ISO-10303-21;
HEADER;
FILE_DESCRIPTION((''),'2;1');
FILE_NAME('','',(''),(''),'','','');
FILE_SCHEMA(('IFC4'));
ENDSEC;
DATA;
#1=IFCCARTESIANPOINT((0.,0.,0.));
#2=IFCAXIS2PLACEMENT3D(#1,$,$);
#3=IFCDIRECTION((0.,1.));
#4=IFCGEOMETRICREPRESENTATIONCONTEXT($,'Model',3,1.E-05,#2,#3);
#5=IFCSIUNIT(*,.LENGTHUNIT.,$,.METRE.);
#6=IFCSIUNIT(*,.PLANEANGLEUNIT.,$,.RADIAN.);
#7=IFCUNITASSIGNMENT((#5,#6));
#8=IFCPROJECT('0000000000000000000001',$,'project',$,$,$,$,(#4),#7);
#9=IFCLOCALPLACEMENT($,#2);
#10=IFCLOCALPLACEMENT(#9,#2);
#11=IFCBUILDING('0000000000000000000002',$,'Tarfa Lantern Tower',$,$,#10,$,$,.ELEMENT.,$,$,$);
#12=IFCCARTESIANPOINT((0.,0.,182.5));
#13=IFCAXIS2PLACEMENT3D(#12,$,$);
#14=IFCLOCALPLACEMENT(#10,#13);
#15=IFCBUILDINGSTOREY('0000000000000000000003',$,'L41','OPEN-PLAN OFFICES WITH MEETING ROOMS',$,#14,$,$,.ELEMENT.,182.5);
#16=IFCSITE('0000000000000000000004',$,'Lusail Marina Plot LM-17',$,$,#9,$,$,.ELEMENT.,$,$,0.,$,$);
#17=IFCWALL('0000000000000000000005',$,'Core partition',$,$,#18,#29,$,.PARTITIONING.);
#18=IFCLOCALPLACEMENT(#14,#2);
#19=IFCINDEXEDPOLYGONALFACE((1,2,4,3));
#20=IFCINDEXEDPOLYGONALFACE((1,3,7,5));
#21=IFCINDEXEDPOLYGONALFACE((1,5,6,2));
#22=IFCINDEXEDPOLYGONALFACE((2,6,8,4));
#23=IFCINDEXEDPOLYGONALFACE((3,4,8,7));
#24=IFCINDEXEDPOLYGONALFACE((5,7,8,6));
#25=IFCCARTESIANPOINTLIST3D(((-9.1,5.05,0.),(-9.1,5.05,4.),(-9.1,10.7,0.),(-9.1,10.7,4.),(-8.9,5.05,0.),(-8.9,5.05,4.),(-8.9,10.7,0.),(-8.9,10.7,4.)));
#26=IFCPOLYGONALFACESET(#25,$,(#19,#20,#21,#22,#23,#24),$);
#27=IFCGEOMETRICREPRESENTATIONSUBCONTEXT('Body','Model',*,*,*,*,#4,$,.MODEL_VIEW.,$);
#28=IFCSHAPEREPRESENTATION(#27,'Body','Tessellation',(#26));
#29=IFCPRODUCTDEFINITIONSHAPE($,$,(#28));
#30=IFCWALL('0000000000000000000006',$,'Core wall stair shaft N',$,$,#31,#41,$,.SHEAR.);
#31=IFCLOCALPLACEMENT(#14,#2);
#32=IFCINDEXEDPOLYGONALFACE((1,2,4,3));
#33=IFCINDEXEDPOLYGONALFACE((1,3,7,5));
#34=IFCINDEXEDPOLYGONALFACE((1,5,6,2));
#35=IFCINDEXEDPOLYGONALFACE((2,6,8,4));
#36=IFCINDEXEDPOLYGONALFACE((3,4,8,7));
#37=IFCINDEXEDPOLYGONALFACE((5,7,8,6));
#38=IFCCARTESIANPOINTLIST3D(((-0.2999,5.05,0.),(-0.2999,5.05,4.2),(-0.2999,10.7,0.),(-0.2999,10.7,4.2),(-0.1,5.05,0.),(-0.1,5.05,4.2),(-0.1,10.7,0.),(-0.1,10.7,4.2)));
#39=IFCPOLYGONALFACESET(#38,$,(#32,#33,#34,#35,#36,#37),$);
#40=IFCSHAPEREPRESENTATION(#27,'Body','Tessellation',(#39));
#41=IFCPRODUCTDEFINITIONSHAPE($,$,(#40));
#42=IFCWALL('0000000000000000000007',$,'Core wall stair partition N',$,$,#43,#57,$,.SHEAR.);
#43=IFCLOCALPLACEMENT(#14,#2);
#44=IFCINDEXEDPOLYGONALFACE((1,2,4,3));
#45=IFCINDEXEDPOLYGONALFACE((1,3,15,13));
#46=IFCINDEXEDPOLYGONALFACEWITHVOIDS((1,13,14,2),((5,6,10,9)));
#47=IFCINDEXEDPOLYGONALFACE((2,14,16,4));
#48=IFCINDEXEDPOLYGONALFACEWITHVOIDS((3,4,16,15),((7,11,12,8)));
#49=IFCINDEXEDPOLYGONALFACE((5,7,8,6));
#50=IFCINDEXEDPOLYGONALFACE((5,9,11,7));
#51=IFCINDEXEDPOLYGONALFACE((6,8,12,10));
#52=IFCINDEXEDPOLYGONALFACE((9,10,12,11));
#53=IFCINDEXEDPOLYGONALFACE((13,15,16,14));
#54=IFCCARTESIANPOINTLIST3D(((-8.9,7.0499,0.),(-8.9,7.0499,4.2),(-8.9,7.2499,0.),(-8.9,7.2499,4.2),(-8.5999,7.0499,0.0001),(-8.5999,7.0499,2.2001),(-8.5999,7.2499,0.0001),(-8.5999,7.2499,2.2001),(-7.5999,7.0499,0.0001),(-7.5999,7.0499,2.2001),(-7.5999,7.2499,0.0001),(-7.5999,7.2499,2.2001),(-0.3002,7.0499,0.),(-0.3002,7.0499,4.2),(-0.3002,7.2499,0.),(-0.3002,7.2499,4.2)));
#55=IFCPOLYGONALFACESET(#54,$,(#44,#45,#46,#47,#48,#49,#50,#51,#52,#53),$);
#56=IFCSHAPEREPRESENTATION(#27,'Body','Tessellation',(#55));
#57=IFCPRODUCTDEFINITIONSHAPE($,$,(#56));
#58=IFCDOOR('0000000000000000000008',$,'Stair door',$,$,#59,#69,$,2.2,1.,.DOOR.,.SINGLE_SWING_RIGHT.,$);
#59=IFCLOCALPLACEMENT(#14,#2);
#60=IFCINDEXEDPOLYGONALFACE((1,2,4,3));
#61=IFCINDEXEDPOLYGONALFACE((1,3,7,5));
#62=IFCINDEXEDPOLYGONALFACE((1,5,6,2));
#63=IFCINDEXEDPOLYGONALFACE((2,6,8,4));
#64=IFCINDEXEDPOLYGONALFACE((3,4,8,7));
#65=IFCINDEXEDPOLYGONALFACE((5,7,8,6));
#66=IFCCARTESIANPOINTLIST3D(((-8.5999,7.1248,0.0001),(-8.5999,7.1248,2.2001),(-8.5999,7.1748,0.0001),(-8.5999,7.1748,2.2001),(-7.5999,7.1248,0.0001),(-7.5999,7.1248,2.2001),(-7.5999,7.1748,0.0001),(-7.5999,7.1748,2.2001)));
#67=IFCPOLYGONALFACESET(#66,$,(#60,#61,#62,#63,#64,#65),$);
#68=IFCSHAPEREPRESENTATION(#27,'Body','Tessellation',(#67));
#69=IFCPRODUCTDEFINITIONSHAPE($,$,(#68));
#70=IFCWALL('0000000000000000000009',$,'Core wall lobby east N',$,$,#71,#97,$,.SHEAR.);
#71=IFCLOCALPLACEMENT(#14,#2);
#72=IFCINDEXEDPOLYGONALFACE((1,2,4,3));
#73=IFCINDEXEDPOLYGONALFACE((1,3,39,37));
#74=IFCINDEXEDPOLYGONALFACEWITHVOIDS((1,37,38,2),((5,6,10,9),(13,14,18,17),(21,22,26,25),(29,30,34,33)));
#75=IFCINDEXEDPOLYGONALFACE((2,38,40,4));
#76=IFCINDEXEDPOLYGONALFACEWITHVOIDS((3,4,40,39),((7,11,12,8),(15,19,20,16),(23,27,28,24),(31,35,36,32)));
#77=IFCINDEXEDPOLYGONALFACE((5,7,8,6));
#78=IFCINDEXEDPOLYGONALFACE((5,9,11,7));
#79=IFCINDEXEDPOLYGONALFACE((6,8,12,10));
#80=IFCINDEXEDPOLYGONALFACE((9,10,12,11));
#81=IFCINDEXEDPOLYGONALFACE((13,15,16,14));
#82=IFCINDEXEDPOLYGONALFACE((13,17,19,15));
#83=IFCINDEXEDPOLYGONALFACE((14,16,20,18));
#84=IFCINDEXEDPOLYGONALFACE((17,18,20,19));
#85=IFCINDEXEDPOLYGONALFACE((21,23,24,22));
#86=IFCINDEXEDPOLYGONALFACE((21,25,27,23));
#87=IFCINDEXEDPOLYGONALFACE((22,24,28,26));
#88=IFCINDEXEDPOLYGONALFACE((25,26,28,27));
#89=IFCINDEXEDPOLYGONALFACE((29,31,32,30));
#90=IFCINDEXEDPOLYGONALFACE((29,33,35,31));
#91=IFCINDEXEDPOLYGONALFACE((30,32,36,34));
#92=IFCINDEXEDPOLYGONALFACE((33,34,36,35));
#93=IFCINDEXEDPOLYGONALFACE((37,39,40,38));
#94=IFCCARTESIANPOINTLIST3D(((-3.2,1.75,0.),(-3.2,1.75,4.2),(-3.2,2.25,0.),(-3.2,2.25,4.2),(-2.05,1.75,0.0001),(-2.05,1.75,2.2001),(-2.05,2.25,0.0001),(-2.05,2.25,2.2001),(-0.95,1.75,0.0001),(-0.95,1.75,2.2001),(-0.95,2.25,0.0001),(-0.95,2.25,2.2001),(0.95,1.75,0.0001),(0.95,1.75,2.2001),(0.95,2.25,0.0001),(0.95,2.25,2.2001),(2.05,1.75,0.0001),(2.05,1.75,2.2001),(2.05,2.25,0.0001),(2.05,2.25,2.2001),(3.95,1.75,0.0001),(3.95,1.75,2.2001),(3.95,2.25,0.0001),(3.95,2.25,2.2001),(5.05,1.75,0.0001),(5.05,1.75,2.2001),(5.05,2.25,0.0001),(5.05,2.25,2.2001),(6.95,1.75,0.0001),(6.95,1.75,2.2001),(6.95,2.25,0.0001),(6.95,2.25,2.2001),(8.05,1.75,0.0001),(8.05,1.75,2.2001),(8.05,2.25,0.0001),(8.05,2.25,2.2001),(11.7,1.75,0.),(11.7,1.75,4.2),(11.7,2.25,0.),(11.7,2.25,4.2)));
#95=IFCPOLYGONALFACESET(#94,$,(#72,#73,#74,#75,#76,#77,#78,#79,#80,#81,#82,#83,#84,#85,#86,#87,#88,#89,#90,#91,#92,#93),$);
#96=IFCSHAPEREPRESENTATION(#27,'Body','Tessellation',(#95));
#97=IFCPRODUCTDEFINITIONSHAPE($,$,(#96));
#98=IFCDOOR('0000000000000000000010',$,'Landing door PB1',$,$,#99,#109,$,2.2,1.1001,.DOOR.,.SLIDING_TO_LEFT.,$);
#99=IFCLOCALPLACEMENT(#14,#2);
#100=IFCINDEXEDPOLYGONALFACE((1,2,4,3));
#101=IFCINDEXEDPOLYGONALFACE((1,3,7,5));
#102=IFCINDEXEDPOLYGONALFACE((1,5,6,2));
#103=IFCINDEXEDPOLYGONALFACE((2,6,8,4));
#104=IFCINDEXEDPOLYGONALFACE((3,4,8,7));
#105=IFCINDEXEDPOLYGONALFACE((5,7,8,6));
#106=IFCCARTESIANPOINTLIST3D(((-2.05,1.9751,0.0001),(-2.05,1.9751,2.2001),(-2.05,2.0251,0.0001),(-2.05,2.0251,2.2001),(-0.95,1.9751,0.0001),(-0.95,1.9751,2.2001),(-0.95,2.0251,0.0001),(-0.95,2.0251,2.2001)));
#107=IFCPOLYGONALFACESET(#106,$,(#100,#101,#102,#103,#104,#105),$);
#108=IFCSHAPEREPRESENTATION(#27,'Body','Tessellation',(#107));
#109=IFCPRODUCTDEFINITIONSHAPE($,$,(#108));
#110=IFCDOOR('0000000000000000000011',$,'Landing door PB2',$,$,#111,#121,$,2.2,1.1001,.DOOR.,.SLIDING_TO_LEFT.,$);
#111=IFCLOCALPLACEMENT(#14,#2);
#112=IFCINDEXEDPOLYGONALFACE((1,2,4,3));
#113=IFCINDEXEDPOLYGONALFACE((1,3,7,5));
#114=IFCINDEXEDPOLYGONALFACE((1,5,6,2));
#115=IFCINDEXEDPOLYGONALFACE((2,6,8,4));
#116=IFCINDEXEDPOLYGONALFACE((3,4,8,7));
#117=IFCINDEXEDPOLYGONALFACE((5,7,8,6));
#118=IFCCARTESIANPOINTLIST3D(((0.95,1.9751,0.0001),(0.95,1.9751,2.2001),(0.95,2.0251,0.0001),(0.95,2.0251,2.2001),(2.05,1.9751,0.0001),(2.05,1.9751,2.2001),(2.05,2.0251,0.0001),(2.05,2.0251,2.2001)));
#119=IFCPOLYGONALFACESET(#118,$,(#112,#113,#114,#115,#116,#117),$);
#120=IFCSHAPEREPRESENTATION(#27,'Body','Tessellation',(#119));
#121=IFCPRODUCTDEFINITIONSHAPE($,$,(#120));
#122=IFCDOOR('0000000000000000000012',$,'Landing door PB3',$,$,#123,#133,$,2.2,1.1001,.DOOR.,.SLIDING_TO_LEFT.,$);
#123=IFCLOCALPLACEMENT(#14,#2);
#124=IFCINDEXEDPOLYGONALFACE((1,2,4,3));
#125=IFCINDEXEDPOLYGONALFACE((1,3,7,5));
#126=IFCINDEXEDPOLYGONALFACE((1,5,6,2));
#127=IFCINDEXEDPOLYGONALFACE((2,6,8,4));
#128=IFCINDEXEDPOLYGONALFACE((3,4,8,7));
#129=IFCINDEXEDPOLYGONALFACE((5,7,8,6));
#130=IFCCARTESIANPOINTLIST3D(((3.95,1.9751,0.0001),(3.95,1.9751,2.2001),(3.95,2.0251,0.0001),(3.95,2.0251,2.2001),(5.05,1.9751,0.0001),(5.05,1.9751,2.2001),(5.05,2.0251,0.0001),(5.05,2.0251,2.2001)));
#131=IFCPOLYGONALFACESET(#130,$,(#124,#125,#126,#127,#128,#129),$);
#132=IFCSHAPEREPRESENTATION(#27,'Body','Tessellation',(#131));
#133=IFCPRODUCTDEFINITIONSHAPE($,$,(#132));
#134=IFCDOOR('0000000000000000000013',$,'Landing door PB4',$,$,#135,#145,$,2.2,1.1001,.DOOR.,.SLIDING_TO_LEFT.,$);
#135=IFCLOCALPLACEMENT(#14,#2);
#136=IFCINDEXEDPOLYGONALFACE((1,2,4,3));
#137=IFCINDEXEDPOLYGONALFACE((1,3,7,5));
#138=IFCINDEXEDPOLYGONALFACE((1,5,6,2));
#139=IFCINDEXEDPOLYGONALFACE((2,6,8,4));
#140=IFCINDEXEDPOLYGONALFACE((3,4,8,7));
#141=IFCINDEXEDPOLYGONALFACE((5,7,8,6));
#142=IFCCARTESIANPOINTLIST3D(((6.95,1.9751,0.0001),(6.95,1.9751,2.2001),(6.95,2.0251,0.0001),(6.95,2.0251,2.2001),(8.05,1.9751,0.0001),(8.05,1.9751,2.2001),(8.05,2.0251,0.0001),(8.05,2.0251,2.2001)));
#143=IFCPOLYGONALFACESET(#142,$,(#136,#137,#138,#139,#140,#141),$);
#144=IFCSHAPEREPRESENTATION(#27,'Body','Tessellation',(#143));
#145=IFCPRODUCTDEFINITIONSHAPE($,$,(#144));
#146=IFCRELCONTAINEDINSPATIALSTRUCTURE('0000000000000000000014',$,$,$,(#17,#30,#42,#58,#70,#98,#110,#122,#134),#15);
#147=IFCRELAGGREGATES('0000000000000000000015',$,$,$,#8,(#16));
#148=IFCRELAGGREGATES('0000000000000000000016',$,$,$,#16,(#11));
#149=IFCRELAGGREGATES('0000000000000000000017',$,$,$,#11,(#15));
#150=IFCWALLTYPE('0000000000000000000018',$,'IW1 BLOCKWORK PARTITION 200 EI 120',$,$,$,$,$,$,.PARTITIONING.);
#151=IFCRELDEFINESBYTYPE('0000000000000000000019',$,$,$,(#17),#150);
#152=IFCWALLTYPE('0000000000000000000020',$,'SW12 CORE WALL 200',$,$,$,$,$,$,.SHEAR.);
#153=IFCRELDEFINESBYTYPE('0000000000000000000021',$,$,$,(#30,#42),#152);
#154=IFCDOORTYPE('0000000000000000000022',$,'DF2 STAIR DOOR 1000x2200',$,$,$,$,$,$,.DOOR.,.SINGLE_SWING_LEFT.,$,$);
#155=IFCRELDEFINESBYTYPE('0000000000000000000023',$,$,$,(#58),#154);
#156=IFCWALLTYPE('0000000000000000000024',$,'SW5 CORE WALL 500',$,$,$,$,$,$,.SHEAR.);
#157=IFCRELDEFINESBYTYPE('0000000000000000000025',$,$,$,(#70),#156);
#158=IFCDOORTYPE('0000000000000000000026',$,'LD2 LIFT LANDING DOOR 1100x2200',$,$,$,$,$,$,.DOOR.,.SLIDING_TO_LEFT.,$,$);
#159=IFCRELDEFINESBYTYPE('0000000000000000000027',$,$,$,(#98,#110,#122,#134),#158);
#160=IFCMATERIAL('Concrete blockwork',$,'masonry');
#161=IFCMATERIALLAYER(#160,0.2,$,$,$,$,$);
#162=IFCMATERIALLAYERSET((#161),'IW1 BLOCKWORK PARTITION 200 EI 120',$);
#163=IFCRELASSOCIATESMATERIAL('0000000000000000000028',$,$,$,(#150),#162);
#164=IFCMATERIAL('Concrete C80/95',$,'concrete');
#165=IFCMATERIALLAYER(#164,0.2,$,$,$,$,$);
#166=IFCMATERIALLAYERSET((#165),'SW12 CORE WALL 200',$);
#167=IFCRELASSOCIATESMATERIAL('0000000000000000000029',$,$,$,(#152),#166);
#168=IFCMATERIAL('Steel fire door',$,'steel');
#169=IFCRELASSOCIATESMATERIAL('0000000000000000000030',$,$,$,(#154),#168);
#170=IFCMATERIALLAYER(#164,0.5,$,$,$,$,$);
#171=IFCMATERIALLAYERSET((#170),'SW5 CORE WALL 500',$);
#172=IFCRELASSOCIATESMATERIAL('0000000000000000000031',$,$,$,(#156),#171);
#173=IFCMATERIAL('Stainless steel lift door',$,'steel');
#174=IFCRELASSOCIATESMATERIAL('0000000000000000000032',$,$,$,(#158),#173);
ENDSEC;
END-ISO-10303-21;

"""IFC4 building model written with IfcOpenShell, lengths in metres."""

from ifc_helpers import new_model, si_unit, direction, frame, frame_2d, origin, place, context, subcontext, project, spatial, rectangle, extrude, material, layer, layer_set, type_object, element, fill, save


model = new_model("IFC4")

# Units and contexts
model_context = context("Model", 3, precision=1e-05, world=origin(), true_north=direction((0.0, 1.0)))
body_context = subcontext(model_context, "Body", "Model", "MODEL_VIEW")
ifc_project = project(units=[si_unit("LENGTHUNIT", "METRE"), si_unit("PLANEANGLEUNIT", "RADIAN")], contexts=[model_context])

# Site, building, storey
site_placement = place(None, origin())
site = spatial("IfcSite", under=ifc_project, at=site_placement, Name="Lusail Marina Plot LM-17", CompositionType="ELEMENT", RefElevation=0.0)
building_placement = place(site_placement, origin())
building = spatial("IfcBuilding", under=site, at=building_placement, Name="Tarfa Lantern Tower", CompositionType="ELEMENT")
storey_placement = place(building_placement, frame((0.0, 0.0, 182.5)))
storey = spatial("IfcBuildingStorey", under=building, at=storey_placement, Name="L41", Description="OPEN-PLAN OFFICES WITH MEETING ROOMS", CompositionType="ELEMENT", Elevation=182.5)

# Walls
ifc_material_1 = material(Name="Concrete blockwork", Category="masonry")
ifc_layer_1 = layer(ifc_material_1, 0.2)
ifc_layer_set_1 = layer_set([ifc_layer_1], Name="IW1 BLOCKWORK PARTITION 200 EI 120")
wall_type_1 = type_object("IfcWallType", Name="IW1 BLOCKWORK PARTITION 200 EI 120", PredefinedType="PARTITIONING", material=ifc_layer_set_1)
wall_1_placement = place(storey_placement, frame((-9.0, 5.05, 0.0), z_axis=(0.0, 0.0, 1.0), x_axis=(0.0, 1.0, 0.0)))
element("IfcWall", 1, at=wall_1_placement, inside=storey, type_object=wall_type_1, Name="Core partition", PredefinedType="PARTITIONING", context=body_context, shape_type="SweptSolid", body=[
    extrude(rectangle(XDim=5.6499, YDim=0.2, at=frame_2d((2.825, 0.0))), origin(), (0.0, 0.0, 1.0), 4.0),
])
ifc_material_2 = material(Name="Concrete C80/95", Category="concrete")
ifc_layer_2 = layer(ifc_material_2, 0.2)
ifc_layer_set_2 = layer_set([ifc_layer_2], Name="SW12 CORE WALL 200")
wall_type_2 = type_object("IfcWallType", Name="SW12 CORE WALL 200", PredefinedType="SHEAR", material=ifc_layer_set_2)
wall_2_placement = place(storey_placement, frame((-0.2, 5.05, 0.0), z_axis=(0.0, 0.0, 1.0), x_axis=(0.0, 1.0, 0.0)))
element("IfcWall", 2, at=wall_2_placement, inside=storey, type_object=wall_type_2, Name="Core wall stair shaft N", PredefinedType="SHEAR", context=body_context, shape_type="SweptSolid", body=[
    extrude(rectangle(XDim=5.6499, YDim=0.2, at=frame_2d((2.825, 0.0))), origin(), (0.0, 0.0, 1.0), 4.2),
])

# Wall, opening, door
wall_3_placement = place(storey_placement, frame((-8.8999, 7.1499, 0.0), z_axis=(0.0, 0.0, 1.0), x_axis=(1.0, 0.0, 0.0)))
wall_3 = element("IfcWall", 3, at=wall_3_placement, inside=storey, type_object=wall_type_2, Name="Core wall stair partition N", PredefinedType="SHEAR", context=body_context, shape_type="SweptSolid", body=[
    extrude(rectangle(XDim=8.5999, YDim=0.2, at=frame_2d((4.2998, 0.0))), origin(), (0.0, 0.0, 1.0), 4.2),
])
opening_1_placement = place(wall_3_placement, frame((0.3, 0.0, 0.0)))
opening_1 = element("IfcOpeningElement", 4, at=opening_1_placement, cuts=wall_3, PredefinedType="OPENING", context=body_context, shape_type="SweptSolid", body=[
    extrude(rectangle(XDim=1.0, YDim=2.2, at=frame_2d((0.5, 1.1001))), frame((0.0, 0.1099, 0.0), z_axis=(0.0, -1.0, 0.0), x_axis=(1.0, 0.0, 0.0)), (0.0, 0.0, 1.0), 0.22),
])
ifc_material_3 = material(Name="Steel fire door", Category="steel")
door_type_1 = type_object("IfcDoorType", Name="DF2 STAIR DOOR 1000x2200", OperationType="SINGLE_SWING_LEFT", PredefinedType="DOOR", material=ifc_material_3)
door_1_placement = place(opening_1_placement, origin())
door_1 = element("IfcDoor", 5, at=door_1_placement, inside=storey, type_object=door_type_1, Name="Stair door", OperationType="SINGLE_SWING_RIGHT", OverallHeight=2.2, OverallWidth=1.0, PredefinedType="DOOR", context=body_context, shape_type="SweptSolid", body=[
    extrude(rectangle(XDim=1.0, YDim=2.2, at=frame_2d((0.5, 1.1001))), frame((0.0, 0.0249, 0.0), z_axis=(0.0, -1.0, 0.0), x_axis=(1.0, 0.0, 0.0)), (0.0, 0.0, 1.0), 0.05),
])
fill(opening_1, door_1)

# Wall, openings, doors
ifc_layer_3 = layer(ifc_material_2, 0.5)
ifc_layer_set_3 = layer_set([ifc_layer_3], Name="SW5 CORE WALL 500")
wall_type_3 = type_object("IfcWallType", Name="SW5 CORE WALL 500", PredefinedType="SHEAR", material=ifc_layer_set_3)
wall_4_placement = place(storey_placement, frame((-3.2, 2.0, 0.0), z_axis=(0.0, 0.0, 1.0), x_axis=(1.0, 0.0, 0.0)))
wall_4 = element("IfcWall", 6, at=wall_4_placement, inside=storey, type_object=wall_type_3, Name="Core wall lobby east N", PredefinedType="SHEAR", context=body_context, shape_type="SweptSolid", body=[
    extrude(rectangle(XDim=14.8999, YDim=0.5, at=frame_2d((7.45, 0.0))), origin(), (0.0, 0.0, 1.0), 4.2),
])
opening_2_placement = place(wall_4_placement, frame((1.1499, 0.0, 0.0)))
opening_2 = element("IfcOpeningElement", 7, at=opening_2_placement, cuts=wall_4, PredefinedType="OPENING", context=body_context, shape_type="SweptSolid", body=[
    extrude(rectangle(XDim=1.1001, YDim=2.2, at=frame_2d((0.55, 1.1001))), frame((0.0, 0.26, 0.0), z_axis=(0.0, -1.0, 0.0), x_axis=(1.0, 0.0, 0.0)), (0.0, 0.0, 1.0), 0.52),
])
opening_3_placement = place(wall_4_placement, frame((4.1499, 0.0, 0.0)))
opening_3 = element("IfcOpeningElement", 8, at=opening_3_placement, cuts=wall_4, PredefinedType="OPENING", context=body_context, shape_type="SweptSolid", body=[
    extrude(rectangle(XDim=1.1001, YDim=2.2, at=frame_2d((0.55, 1.1001))), frame((0.0, 0.26, 0.0), z_axis=(0.0, -1.0, 0.0), x_axis=(1.0, 0.0, 0.0)), (0.0, 0.0, 1.0), 0.52),
])
opening_4_placement = place(wall_4_placement, frame((7.1499, 0.0, 0.0)))
opening_4 = element("IfcOpeningElement", 9, at=opening_4_placement, cuts=wall_4, PredefinedType="OPENING", context=body_context, shape_type="SweptSolid", body=[
    extrude(rectangle(XDim=1.1001, YDim=2.2, at=frame_2d((0.55, 1.1001))), frame((0.0, 0.26, 0.0), z_axis=(0.0, -1.0, 0.0), x_axis=(1.0, 0.0, 0.0)), (0.0, 0.0, 1.0), 0.52),
])
opening_5_placement = place(wall_4_placement, frame((10.1499, 0.0, 0.0)))
opening_5 = element("IfcOpeningElement", 10, at=opening_5_placement, cuts=wall_4, PredefinedType="OPENING", context=body_context, shape_type="SweptSolid", body=[
    extrude(rectangle(XDim=1.1001, YDim=2.2, at=frame_2d((0.55, 1.1001))), frame((0.0, 0.26, 0.0), z_axis=(0.0, -1.0, 0.0), x_axis=(1.0, 0.0, 0.0)), (0.0, 0.0, 1.0), 0.52),
])
ifc_material_4 = material(Name="Stainless steel lift door", Category="steel")
door_type_2 = type_object("IfcDoorType", Name="LD2 LIFT LANDING DOOR 1100x2200", OperationType="SLIDING_TO_LEFT", PredefinedType="DOOR", material=ifc_material_4)
door_2_placement = place(opening_2_placement, frame((1.1001, 0.0, 0.0), z_axis=(0.0, 0.0, 1.0), x_axis=(-1.0, 0.0, 0.0)))
door_2 = element("IfcDoor", 11, at=door_2_placement, inside=storey, type_object=door_type_2, Name="Landing door PB1", OperationType="SLIDING_TO_LEFT", OverallHeight=2.2, OverallWidth=1.1001, PredefinedType="DOOR", context=body_context, shape_type="SweptSolid", body=[
    extrude(rectangle(XDim=1.1001, YDim=2.2, at=frame_2d((0.55, 1.1001))), frame((0.0, 0.0249, 0.0), z_axis=(0.0, -1.0, 0.0), x_axis=(1.0, 0.0, 0.0)), (0.0, 0.0, 1.0), 0.05),
])
fill(opening_2, door_2)
door_3_placement = place(opening_3_placement, frame((1.1001, 0.0, 0.0), z_axis=(0.0, 0.0, 1.0), x_axis=(-1.0, 0.0, 0.0)))
door_3 = element("IfcDoor", 12, at=door_3_placement, inside=storey, type_object=door_type_2, Name="Landing door PB2", OperationType="SLIDING_TO_LEFT", OverallHeight=2.2, OverallWidth=1.1001, PredefinedType="DOOR", context=body_context, shape_type="SweptSolid", body=[
    extrude(rectangle(XDim=1.1001, YDim=2.2, at=frame_2d((0.55, 1.1001))), frame((0.0, 0.0249, 0.0), z_axis=(0.0, -1.0, 0.0), x_axis=(1.0, 0.0, 0.0)), (0.0, 0.0, 1.0), 0.05),
])
fill(opening_3, door_3)
door_4_placement = place(opening_4_placement, frame((1.1001, 0.0, 0.0), z_axis=(0.0, 0.0, 1.0), x_axis=(-1.0, 0.0, 0.0)))
door_4 = element("IfcDoor", 13, at=door_4_placement, inside=storey, type_object=door_type_2, Name="Landing door PB3", OperationType="SLIDING_TO_LEFT", OverallHeight=2.2, OverallWidth=1.1001, PredefinedType="DOOR", context=body_context, shape_type="SweptSolid", body=[
    extrude(rectangle(XDim=1.1001, YDim=2.2, at=frame_2d((0.55, 1.1001))), frame((0.0, 0.0249, 0.0), z_axis=(0.0, -1.0, 0.0), x_axis=(1.0, 0.0, 0.0)), (0.0, 0.0, 1.0), 0.05),
])
fill(opening_4, door_4)
door_5_placement = place(opening_5_placement, frame((1.1001, 0.0, 0.0), z_axis=(0.0, 0.0, 1.0), x_axis=(-1.0, 0.0, 0.0)))
door_5 = element("IfcDoor", 14, at=door_5_placement, inside=storey, type_object=door_type_2, Name="Landing door PB4", OperationType="SLIDING_TO_LEFT", OverallHeight=2.2, OverallWidth=1.1001, PredefinedType="DOOR", context=body_context, shape_type="SweptSolid", body=[
    extrude(rectangle(XDim=1.1001, YDim=2.2, at=frame_2d((0.55, 1.1001))), frame((0.0, 0.0249, 0.0), z_axis=(0.0, -1.0, 0.0), x_axis=(1.0, 0.0, 0.0)), (0.0, 0.0, 1.0), 0.05),
])
fill(opening_5, door_5)

save(model, "model.ifc")
